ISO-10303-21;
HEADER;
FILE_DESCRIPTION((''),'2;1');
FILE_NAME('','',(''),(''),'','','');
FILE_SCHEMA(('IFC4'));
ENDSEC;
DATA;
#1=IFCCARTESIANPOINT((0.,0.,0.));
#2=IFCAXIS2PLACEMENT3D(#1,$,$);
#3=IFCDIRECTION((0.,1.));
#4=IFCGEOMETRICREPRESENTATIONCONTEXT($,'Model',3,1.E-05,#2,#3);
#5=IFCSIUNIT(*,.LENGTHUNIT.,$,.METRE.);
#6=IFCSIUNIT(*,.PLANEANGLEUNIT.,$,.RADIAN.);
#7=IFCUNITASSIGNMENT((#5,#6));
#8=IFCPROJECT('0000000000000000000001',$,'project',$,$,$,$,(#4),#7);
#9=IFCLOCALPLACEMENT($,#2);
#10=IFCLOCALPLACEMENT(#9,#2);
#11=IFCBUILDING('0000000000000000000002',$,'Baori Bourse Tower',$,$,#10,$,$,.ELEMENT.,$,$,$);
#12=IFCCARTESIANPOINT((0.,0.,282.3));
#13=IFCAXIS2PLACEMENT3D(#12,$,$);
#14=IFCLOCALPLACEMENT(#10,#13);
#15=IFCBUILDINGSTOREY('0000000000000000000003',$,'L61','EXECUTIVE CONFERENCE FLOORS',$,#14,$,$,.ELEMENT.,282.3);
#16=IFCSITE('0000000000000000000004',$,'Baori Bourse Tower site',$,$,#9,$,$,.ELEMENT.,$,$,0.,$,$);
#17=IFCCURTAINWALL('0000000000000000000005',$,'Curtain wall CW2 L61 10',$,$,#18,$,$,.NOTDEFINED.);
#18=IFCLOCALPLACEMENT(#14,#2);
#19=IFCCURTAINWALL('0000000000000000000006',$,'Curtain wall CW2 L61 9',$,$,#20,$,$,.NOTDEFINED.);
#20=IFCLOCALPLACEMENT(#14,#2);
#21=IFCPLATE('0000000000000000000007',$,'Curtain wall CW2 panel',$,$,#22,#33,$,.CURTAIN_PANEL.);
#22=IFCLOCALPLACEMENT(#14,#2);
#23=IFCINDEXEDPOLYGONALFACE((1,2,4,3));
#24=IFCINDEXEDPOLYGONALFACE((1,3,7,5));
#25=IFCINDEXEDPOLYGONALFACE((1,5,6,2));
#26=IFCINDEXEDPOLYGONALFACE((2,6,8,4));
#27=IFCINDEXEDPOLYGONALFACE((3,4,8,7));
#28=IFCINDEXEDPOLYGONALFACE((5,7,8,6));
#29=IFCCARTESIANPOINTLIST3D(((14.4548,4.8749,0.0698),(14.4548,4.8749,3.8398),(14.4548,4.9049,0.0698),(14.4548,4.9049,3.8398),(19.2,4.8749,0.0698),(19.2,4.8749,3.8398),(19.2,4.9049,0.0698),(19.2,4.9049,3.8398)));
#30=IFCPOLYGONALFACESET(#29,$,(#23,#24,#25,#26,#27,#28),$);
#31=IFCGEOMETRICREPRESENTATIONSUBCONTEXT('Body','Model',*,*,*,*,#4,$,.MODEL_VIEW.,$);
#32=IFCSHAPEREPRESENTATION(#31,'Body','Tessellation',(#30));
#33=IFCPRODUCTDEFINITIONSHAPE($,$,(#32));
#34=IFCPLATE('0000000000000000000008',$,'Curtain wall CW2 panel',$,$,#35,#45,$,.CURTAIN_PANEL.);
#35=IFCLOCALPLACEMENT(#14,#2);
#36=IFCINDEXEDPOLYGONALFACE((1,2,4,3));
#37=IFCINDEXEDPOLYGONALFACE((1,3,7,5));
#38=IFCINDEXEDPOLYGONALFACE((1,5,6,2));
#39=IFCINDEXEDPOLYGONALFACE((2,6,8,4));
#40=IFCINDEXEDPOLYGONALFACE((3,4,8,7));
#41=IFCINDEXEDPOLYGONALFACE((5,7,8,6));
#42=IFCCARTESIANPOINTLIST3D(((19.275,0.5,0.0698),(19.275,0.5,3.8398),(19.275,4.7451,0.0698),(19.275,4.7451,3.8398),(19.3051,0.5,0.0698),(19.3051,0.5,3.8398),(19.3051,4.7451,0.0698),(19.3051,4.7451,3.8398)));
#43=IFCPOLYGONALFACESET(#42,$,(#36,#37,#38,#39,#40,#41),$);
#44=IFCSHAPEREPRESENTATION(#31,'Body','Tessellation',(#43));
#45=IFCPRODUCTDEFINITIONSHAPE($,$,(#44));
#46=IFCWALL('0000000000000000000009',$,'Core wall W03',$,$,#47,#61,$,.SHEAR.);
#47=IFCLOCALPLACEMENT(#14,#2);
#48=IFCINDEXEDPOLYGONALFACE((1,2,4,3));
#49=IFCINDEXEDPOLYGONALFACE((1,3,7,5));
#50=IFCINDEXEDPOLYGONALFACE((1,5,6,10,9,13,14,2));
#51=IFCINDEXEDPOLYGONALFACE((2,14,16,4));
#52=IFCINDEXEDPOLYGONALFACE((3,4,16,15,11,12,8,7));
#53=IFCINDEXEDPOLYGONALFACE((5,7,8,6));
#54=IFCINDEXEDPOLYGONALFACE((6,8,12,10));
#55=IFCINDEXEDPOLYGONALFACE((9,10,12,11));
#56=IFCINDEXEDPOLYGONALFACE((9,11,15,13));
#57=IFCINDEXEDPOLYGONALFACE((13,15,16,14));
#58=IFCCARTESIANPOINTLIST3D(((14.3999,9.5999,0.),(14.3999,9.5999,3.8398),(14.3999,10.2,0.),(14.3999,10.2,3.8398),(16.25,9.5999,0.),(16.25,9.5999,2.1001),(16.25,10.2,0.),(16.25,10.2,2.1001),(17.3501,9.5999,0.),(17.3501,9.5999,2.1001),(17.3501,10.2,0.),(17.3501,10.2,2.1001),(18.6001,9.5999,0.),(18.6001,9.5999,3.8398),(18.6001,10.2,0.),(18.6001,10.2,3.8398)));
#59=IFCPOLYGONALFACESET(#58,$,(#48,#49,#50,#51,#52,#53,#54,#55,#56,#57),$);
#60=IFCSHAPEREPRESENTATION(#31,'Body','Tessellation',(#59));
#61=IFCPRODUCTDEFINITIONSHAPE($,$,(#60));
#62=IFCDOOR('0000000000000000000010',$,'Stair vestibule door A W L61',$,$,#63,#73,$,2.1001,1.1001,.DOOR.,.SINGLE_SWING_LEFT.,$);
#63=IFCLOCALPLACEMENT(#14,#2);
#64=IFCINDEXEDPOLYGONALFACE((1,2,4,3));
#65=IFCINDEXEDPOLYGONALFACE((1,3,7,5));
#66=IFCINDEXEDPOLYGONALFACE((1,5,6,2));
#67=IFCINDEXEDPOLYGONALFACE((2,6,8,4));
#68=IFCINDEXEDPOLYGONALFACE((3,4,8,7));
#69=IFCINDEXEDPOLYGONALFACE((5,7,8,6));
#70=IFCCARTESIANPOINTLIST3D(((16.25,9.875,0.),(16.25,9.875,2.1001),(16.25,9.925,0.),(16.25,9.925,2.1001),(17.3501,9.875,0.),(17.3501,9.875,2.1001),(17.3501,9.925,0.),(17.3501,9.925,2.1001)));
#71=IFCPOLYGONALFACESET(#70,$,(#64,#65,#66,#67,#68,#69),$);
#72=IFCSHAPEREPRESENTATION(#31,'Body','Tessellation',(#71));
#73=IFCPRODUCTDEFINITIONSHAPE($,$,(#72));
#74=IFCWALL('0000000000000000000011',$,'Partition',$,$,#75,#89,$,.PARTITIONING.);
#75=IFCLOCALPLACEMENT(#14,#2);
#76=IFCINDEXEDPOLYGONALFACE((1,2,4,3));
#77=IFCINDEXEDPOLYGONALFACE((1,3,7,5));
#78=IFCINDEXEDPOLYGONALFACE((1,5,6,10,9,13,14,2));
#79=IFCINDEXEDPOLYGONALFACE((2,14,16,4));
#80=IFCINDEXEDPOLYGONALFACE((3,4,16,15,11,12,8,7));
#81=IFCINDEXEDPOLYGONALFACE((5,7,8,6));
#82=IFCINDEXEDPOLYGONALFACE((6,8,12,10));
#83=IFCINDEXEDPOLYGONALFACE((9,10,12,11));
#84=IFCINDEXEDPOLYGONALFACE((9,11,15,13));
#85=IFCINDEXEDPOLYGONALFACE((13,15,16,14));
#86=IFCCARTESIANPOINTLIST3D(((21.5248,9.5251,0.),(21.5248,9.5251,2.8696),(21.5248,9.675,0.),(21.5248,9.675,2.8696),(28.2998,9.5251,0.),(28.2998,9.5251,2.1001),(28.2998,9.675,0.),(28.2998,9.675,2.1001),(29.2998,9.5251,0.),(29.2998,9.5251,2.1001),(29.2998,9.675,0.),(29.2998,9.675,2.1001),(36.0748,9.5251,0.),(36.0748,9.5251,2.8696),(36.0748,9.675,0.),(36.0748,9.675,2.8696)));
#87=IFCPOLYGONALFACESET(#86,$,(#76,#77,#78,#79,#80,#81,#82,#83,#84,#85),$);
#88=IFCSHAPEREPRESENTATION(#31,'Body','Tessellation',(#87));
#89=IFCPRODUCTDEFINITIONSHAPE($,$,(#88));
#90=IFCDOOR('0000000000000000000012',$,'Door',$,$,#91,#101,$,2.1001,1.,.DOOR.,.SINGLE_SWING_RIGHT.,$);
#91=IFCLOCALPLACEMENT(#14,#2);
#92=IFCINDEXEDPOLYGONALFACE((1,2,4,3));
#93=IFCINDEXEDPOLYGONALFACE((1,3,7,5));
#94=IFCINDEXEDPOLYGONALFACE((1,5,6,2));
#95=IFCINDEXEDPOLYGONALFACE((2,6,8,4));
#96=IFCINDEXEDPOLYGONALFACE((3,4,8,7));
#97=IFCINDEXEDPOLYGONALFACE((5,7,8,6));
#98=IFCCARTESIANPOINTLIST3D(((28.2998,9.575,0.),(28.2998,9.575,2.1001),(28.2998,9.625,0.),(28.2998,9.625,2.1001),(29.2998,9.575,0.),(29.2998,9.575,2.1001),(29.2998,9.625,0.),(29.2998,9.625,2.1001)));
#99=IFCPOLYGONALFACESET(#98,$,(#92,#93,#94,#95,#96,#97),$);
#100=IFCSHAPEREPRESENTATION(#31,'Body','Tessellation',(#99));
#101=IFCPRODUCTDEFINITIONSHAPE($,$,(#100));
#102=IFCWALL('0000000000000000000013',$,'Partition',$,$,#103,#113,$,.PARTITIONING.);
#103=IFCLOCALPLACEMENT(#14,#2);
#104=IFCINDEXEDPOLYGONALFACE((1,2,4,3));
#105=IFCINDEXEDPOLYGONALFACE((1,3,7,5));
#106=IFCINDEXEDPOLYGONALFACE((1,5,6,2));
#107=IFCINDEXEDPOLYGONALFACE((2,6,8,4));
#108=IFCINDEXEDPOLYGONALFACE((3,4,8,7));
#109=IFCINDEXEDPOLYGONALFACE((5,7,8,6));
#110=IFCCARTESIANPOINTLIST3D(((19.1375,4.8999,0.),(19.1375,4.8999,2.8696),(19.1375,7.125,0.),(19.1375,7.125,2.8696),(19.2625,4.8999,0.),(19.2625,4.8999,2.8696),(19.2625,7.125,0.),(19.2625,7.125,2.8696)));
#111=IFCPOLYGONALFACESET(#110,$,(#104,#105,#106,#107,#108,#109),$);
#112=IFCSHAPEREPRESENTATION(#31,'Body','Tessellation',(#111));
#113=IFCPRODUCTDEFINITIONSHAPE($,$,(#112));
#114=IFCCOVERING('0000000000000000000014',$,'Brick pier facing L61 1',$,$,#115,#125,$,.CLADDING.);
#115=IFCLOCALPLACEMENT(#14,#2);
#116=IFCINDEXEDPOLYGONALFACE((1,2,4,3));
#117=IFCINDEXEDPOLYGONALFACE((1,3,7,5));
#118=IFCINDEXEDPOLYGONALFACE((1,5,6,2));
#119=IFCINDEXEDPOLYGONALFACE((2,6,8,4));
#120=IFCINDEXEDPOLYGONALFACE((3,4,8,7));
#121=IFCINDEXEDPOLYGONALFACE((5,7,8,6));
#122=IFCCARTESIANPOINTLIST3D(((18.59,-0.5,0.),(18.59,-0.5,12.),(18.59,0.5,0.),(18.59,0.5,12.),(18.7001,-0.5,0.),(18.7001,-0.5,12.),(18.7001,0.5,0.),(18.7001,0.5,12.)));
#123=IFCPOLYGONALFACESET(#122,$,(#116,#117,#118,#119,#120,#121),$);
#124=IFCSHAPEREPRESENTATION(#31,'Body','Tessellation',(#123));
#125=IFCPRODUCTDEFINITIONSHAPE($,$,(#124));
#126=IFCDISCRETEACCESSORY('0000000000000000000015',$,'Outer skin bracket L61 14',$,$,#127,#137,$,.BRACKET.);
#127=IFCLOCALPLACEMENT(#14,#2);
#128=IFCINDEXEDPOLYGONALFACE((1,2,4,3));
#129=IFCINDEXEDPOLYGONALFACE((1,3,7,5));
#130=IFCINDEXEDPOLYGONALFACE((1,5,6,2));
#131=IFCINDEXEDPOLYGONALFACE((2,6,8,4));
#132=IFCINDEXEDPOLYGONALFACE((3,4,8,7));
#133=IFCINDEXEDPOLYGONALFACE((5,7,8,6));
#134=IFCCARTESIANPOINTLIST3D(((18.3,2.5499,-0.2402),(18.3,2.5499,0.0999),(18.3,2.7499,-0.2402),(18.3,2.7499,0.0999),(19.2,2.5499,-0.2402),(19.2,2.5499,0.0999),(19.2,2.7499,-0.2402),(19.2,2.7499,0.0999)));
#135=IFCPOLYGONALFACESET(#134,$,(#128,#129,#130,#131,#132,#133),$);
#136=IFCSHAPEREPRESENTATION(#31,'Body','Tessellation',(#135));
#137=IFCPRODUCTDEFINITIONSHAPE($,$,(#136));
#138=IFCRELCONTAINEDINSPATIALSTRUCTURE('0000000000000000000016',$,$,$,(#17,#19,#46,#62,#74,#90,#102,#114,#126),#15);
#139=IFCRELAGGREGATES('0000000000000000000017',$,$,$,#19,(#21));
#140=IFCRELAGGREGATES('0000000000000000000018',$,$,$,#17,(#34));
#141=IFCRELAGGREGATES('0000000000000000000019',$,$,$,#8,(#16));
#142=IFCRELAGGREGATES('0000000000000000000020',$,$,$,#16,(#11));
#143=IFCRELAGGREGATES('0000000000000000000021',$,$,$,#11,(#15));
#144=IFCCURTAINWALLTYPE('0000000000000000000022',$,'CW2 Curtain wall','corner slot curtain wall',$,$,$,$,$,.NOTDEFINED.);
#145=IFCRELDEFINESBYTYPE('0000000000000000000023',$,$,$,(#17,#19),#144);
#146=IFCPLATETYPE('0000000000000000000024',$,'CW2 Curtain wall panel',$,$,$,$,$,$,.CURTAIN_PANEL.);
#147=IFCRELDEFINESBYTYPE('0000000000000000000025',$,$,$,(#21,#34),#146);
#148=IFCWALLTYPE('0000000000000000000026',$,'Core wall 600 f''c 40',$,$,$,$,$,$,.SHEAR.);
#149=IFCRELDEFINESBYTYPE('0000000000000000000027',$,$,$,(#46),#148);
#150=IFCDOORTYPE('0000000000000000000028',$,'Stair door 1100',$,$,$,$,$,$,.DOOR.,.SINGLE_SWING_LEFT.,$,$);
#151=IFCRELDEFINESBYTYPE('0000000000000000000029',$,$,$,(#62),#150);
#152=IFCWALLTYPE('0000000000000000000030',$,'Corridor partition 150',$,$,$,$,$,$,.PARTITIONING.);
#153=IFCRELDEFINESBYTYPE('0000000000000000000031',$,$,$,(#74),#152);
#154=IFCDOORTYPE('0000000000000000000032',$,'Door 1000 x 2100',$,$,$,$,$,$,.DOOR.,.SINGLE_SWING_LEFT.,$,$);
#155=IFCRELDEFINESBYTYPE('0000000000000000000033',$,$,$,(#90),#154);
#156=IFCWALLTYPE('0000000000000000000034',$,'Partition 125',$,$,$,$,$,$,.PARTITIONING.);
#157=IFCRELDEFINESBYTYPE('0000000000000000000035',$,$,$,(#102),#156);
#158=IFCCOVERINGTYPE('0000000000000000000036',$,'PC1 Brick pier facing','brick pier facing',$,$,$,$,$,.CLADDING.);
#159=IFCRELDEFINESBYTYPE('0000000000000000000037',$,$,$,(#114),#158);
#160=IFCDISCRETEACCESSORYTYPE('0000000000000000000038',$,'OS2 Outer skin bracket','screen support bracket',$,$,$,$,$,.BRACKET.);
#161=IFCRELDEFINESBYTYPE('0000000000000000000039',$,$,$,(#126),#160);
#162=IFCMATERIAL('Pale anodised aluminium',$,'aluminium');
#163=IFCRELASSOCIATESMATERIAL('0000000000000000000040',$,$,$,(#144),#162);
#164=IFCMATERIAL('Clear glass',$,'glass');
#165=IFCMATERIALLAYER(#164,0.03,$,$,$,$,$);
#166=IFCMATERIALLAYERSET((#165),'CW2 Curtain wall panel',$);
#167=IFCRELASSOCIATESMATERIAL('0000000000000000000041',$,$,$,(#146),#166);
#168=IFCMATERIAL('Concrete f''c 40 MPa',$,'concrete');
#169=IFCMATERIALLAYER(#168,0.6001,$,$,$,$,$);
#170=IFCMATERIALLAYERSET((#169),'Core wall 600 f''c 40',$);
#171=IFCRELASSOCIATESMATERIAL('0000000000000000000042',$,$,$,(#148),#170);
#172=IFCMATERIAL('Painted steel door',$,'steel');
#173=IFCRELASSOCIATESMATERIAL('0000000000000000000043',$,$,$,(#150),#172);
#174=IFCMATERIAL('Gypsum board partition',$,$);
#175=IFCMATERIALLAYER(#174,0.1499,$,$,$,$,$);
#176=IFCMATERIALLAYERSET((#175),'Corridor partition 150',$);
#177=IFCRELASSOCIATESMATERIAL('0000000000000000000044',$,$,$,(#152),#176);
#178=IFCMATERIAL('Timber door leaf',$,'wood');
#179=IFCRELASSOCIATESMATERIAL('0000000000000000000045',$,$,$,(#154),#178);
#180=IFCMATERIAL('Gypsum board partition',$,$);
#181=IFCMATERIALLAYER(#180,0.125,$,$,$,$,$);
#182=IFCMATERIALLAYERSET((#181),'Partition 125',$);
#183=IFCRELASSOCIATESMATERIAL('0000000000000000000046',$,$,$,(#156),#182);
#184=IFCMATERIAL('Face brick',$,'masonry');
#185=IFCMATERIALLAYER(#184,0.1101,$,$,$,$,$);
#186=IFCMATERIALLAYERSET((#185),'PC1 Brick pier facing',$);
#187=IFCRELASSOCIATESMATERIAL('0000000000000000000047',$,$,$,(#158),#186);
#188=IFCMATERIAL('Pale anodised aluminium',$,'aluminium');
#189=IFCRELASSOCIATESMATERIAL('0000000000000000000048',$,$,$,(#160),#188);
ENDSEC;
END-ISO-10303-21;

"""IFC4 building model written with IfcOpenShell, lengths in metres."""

from ifc_helpers import new_model, si_unit, direction, frame, frame_2d, origin, origin_2d, place, context, subcontext, project, spatial, rectangle, extrude, material, layer, layer_set, type_object, element, fill, aggregate, save


model = new_model("IFC4")

# Units and contexts
model_context = context("Model", 3, precision=1e-05, world=origin(), true_north=direction((0.0, 1.0)))
body_context = subcontext(model_context, "Body", "Model", "MODEL_VIEW")
ifc_project = project(units=[si_unit("LENGTHUNIT", "METRE"), si_unit("PLANEANGLEUNIT", "RADIAN")], contexts=[model_context])

# Site, building, storey
site_placement = place(None, origin())
site = spatial("IfcSite", under=ifc_project, at=site_placement, Name="Baori Bourse Tower site", CompositionType="ELEMENT", RefElevation=0.0)
building_placement = place(site_placement, origin())
building = spatial("IfcBuilding", under=site, at=building_placement, Name="Baori Bourse Tower", CompositionType="ELEMENT")
storey_placement = place(building_placement, frame((0.0, 0.0, 282.3)))
storey = spatial("IfcBuildingStorey", under=building, at=storey_placement, Name="L61", Description="EXECUTIVE CONFERENCE FLOORS", CompositionType="ELEMENT", Elevation=282.3)

# Curtain wall
ifc_material_1 = material(Name="Pale anodised aluminium", Category="aluminium")
curtain_wall_type_1 = type_object("IfcCurtainWallType", Name="CW2 Curtain wall", Description="corner slot curtain wall", PredefinedType="NOTDEFINED", material=ifc_material_1)
curtain_wall_1_placement = place(storey_placement, origin())
curtain_wall_1 = element("IfcCurtainWall", 1, at=curtain_wall_1_placement, inside=storey, type_object=curtain_wall_type_1, Name="Curtain wall CW2 L61 10", PredefinedType="NOTDEFINED")

# Curtain wall, plate
curtain_wall_2_placement = place(storey_placement, origin())
curtain_wall_2 = element("IfcCurtainWall", 2, at=curtain_wall_2_placement, inside=storey, type_object=curtain_wall_type_1, Name="Curtain wall CW2 L61 9", PredefinedType="NOTDEFINED")
ifc_material_2 = material(Name="Clear glass", Category="glass")
ifc_layer_1 = layer(ifc_material_2, 0.03)
ifc_layer_set_1 = layer_set([ifc_layer_1], Name="CW2 Curtain wall panel")
plate_type = type_object("IfcPlateType", Name="CW2 Curtain wall panel", PredefinedType="CURTAIN_PANEL", material=ifc_layer_set_1)
plate_1_placement = place(storey_placement, frame((16.8274, 4.8899, 0.0698), z_axis=(0.0, 0.0, 1.0), x_axis=(1.0, 0.0, 0.0)))
plate_1 = element("IfcPlate", 3, at=plate_1_placement, type_object=plate_type, Name="Curtain wall CW2 panel", PredefinedType="CURTAIN_PANEL", context=body_context, shape_type="SweptSolid", body=[
    extrude(rectangle(XDim=4.7451, YDim=0.03, at=origin_2d()), origin(), (0.0, 0.0, 1.0), 3.77),
])
aggregate(curtain_wall_2, [plate_1])

# Plate
plate_2_placement = place(storey_placement, frame((19.29, 2.6226, 0.0698), z_axis=(0.0, 0.0, 1.0), x_axis=(0.0, -1.0, 0.0)))
plate_2 = element("IfcPlate", 4, at=plate_2_placement, type_object=plate_type, Name="Curtain wall CW2 panel", PredefinedType="CURTAIN_PANEL", context=body_context, shape_type="SweptSolid", body=[
    extrude(rectangle(XDim=4.2451, YDim=0.03, at=origin_2d()), origin(), (0.0, 0.0, 1.0), 3.77),
])
aggregate(curtain_wall_1, [plate_2])

# Walls, openings, doors
ifc_material_3 = material(Name="Concrete f'c 40 MPa", Category="concrete")
ifc_layer_2 = layer(ifc_material_3, 0.6001)
ifc_layer_set_2 = layer_set([ifc_layer_2], Name="Core wall 600 f'c 40")
wall_type_1 = type_object("IfcWallType", Name="Core wall 600 f'c 40", PredefinedType="SHEAR", material=ifc_layer_set_2)
wall_1_placement = place(storey_placement, frame((18.6001, 9.8999, 0.0), z_axis=(0.0, 0.0, 1.0), x_axis=(-1.0, 0.0, 0.0)))
wall_1 = element("IfcWall", 5, at=wall_1_placement, inside=storey, type_object=wall_type_1, Name="Core wall W03", PredefinedType="SHEAR", context=body_context, shape_type="SweptSolid", body=[
    extrude(rectangle(XDim=4.2002, YDim=0.6001, at=frame_2d((2.1001, 0.0))), origin(), (0.0, 0.0, 1.0), 3.8398),
])
opening_1_placement = place(wall_1_placement, frame((1.25, 0.0, 0.0)))
opening_1 = element("IfcOpeningElement", 6, at=opening_1_placement, cuts=wall_1, PredefinedType="OPENING", context=body_context, shape_type="SweptSolid", body=[
    extrude(rectangle(XDim=1.1001, YDim=2.1001, at=frame_2d((0.55, 1.05))), frame((0.0, 0.3101, 0.0), z_axis=(0.0, -1.0, 0.0), x_axis=(1.0, 0.0, 0.0)), (0.0, 0.0, 1.0), 0.6201),
])
ifc_material_4 = material(Name="Painted steel door", Category="steel")
door_type_1 = type_object("IfcDoorType", Name="Stair door 1100", OperationType="SINGLE_SWING_LEFT", PredefinedType="DOOR", material=ifc_material_4)
door_1_placement = place(opening_1_placement, origin())
door_1 = element("IfcDoor", 7, at=door_1_placement, inside=storey, type_object=door_type_1, Name="Stair vestibule door A W L61", OperationType="SINGLE_SWING_LEFT", OverallHeight=2.1001, OverallWidth=1.1001, PredefinedType="DOOR", context=body_context, shape_type="SweptSolid", body=[
    extrude(rectangle(XDim=1.1001, YDim=2.1001, at=frame_2d((0.55, 1.05))), frame((0.0, 0.0249, 0.0), z_axis=(0.0, -1.0, 0.0), x_axis=(1.0, 0.0, 0.0)), (0.0, 0.0, 1.0), 0.05),
])
fill(opening_1, door_1)
ifc_material_5 = material(Name="Gypsum board partition")
ifc_layer_3 = layer(ifc_material_5, 0.1499)
ifc_layer_set_3 = layer_set([ifc_layer_3], Name="Corridor partition 150")
wall_type_2 = type_object("IfcWallType", Name="Corridor partition 150", PredefinedType="PARTITIONING", material=ifc_layer_set_3)
wall_2_placement = place(storey_placement, frame((21.5249, 9.6001, 0.0), z_axis=(0.0, 0.0, 1.0), x_axis=(1.0, 0.0, 0.0)))
wall_2 = element("IfcWall", 8, at=wall_2_placement, inside=storey, type_object=wall_type_2, Name="Partition", PredefinedType="PARTITIONING", context=body_context, shape_type="SweptSolid", body=[
    extrude(rectangle(XDim=14.55, YDim=0.1499, at=frame_2d((7.2749, 0.0))), origin(), (0.0, 0.0, 1.0), 2.8696),
])
opening_2_placement = place(wall_2_placement, frame((6.7749, 0.0, 0.0)))
opening_2 = element("IfcOpeningElement", 9, at=opening_2_placement, cuts=wall_2, PredefinedType="OPENING", context=body_context, shape_type="SweptSolid", body=[
    extrude(rectangle(XDim=1.0, YDim=2.1001, at=frame_2d((0.5, 1.05))), frame((0.0, 0.085, 0.0), z_axis=(0.0, -1.0, 0.0), x_axis=(1.0, 0.0, 0.0)), (0.0, 0.0, 1.0), 0.1699),
])
ifc_material_6 = material(Name="Timber door leaf", Category="wood")
door_type_2 = type_object("IfcDoorType", Name="Door 1000 x 2100", OperationType="SINGLE_SWING_LEFT", PredefinedType="DOOR", material=ifc_material_6)
door_2_placement = place(opening_2_placement, origin())
door_2 = element("IfcDoor", 10, at=door_2_placement, inside=storey, type_object=door_type_2, Name="Door", OperationType="SINGLE_SWING_RIGHT", OverallHeight=2.1001, OverallWidth=1.0, PredefinedType="DOOR", context=body_context, shape_type="SweptSolid", body=[
    extrude(rectangle(XDim=1.0, YDim=2.1001, at=frame_2d((0.5, 1.05))), frame((0.0, 0.0249, 0.0), z_axis=(0.0, -1.0, 0.0), x_axis=(1.0, 0.0, 0.0)), (0.0, 0.0, 1.0), 0.05),
])
fill(opening_2, door_2)

# Wall
ifc_material_7 = material(Name="Gypsum board partition")
ifc_layer_4 = layer(ifc_material_7, 0.125)
ifc_layer_set_4 = layer_set([ifc_layer_4], Name="Partition 125")
wall_type_3 = type_object("IfcWallType", Name="Partition 125", PredefinedType="PARTITIONING", material=ifc_layer_set_4)
wall_3_placement = place(storey_placement, frame((19.2, 4.8999, 0.0), z_axis=(0.0, 0.0, 1.0), x_axis=(0.0, 1.0, 0.0)))
element("IfcWall", 11, at=wall_3_placement, inside=storey, type_object=wall_type_3, Name="Partition", PredefinedType="PARTITIONING", context=body_context, shape_type="SweptSolid", body=[
    extrude(rectangle(XDim=2.2251, YDim=0.125, at=frame_2d((1.1125, 0.0))), origin(), (0.0, 0.0, 1.0), 2.8696),
])

# Covering
ifc_material_8 = material(Name="Face brick", Category="masonry")
ifc_layer_5 = layer(ifc_material_8, 0.1101)
ifc_layer_set_5 = layer_set([ifc_layer_5], Name="PC1 Brick pier facing")
covering_type = type_object("IfcCoveringType", Name="PC1 Brick pier facing", Description="brick pier facing", PredefinedType="CLADDING", material=ifc_layer_set_5)
covering_placement = place(storey_placement, frame((18.645, 0.0, 0.0), z_axis=(0.0, 0.0, 1.0), x_axis=(1.0, 0.0, 0.0)))
element("IfcCovering", 12, at=covering_placement, inside=storey, type_object=covering_type, Name="Brick pier facing L61 1", PredefinedType="CLADDING", context=body_context, shape_type="SweptSolid", body=[
    extrude(rectangle(XDim=0.1101, YDim=1.0, at=origin_2d()), origin(), (0.0, 0.0, 1.0), 12.0),
])

# Discrete accessory
ifc_material_9 = material(Name="Pale anodised aluminium", Category="aluminium")
discrete_accessory_type = type_object("IfcDiscreteAccessoryType", Name="OS2 Outer skin bracket", Description="screen support bracket", PredefinedType="BRACKET", material=ifc_material_9)
discrete_accessory_placement = place(storey_placement, frame((18.75, 2.6499, -0.2402), z_axis=(0.0, 0.0, 1.0), x_axis=(0.0, -1.0, 0.0)))
element("IfcDiscreteAccessory", 13, at=discrete_accessory_placement, inside=storey, type_object=discrete_accessory_type, Name="Outer skin bracket L61 14", PredefinedType="BRACKET", context=body_context, shape_type="SweptSolid", body=[
    extrude(rectangle(XDim=0.2, YDim=0.8999, at=origin_2d()), origin(), (0.0, 0.0, 1.0), 0.3401),
])

save(model, "model.ifc")
